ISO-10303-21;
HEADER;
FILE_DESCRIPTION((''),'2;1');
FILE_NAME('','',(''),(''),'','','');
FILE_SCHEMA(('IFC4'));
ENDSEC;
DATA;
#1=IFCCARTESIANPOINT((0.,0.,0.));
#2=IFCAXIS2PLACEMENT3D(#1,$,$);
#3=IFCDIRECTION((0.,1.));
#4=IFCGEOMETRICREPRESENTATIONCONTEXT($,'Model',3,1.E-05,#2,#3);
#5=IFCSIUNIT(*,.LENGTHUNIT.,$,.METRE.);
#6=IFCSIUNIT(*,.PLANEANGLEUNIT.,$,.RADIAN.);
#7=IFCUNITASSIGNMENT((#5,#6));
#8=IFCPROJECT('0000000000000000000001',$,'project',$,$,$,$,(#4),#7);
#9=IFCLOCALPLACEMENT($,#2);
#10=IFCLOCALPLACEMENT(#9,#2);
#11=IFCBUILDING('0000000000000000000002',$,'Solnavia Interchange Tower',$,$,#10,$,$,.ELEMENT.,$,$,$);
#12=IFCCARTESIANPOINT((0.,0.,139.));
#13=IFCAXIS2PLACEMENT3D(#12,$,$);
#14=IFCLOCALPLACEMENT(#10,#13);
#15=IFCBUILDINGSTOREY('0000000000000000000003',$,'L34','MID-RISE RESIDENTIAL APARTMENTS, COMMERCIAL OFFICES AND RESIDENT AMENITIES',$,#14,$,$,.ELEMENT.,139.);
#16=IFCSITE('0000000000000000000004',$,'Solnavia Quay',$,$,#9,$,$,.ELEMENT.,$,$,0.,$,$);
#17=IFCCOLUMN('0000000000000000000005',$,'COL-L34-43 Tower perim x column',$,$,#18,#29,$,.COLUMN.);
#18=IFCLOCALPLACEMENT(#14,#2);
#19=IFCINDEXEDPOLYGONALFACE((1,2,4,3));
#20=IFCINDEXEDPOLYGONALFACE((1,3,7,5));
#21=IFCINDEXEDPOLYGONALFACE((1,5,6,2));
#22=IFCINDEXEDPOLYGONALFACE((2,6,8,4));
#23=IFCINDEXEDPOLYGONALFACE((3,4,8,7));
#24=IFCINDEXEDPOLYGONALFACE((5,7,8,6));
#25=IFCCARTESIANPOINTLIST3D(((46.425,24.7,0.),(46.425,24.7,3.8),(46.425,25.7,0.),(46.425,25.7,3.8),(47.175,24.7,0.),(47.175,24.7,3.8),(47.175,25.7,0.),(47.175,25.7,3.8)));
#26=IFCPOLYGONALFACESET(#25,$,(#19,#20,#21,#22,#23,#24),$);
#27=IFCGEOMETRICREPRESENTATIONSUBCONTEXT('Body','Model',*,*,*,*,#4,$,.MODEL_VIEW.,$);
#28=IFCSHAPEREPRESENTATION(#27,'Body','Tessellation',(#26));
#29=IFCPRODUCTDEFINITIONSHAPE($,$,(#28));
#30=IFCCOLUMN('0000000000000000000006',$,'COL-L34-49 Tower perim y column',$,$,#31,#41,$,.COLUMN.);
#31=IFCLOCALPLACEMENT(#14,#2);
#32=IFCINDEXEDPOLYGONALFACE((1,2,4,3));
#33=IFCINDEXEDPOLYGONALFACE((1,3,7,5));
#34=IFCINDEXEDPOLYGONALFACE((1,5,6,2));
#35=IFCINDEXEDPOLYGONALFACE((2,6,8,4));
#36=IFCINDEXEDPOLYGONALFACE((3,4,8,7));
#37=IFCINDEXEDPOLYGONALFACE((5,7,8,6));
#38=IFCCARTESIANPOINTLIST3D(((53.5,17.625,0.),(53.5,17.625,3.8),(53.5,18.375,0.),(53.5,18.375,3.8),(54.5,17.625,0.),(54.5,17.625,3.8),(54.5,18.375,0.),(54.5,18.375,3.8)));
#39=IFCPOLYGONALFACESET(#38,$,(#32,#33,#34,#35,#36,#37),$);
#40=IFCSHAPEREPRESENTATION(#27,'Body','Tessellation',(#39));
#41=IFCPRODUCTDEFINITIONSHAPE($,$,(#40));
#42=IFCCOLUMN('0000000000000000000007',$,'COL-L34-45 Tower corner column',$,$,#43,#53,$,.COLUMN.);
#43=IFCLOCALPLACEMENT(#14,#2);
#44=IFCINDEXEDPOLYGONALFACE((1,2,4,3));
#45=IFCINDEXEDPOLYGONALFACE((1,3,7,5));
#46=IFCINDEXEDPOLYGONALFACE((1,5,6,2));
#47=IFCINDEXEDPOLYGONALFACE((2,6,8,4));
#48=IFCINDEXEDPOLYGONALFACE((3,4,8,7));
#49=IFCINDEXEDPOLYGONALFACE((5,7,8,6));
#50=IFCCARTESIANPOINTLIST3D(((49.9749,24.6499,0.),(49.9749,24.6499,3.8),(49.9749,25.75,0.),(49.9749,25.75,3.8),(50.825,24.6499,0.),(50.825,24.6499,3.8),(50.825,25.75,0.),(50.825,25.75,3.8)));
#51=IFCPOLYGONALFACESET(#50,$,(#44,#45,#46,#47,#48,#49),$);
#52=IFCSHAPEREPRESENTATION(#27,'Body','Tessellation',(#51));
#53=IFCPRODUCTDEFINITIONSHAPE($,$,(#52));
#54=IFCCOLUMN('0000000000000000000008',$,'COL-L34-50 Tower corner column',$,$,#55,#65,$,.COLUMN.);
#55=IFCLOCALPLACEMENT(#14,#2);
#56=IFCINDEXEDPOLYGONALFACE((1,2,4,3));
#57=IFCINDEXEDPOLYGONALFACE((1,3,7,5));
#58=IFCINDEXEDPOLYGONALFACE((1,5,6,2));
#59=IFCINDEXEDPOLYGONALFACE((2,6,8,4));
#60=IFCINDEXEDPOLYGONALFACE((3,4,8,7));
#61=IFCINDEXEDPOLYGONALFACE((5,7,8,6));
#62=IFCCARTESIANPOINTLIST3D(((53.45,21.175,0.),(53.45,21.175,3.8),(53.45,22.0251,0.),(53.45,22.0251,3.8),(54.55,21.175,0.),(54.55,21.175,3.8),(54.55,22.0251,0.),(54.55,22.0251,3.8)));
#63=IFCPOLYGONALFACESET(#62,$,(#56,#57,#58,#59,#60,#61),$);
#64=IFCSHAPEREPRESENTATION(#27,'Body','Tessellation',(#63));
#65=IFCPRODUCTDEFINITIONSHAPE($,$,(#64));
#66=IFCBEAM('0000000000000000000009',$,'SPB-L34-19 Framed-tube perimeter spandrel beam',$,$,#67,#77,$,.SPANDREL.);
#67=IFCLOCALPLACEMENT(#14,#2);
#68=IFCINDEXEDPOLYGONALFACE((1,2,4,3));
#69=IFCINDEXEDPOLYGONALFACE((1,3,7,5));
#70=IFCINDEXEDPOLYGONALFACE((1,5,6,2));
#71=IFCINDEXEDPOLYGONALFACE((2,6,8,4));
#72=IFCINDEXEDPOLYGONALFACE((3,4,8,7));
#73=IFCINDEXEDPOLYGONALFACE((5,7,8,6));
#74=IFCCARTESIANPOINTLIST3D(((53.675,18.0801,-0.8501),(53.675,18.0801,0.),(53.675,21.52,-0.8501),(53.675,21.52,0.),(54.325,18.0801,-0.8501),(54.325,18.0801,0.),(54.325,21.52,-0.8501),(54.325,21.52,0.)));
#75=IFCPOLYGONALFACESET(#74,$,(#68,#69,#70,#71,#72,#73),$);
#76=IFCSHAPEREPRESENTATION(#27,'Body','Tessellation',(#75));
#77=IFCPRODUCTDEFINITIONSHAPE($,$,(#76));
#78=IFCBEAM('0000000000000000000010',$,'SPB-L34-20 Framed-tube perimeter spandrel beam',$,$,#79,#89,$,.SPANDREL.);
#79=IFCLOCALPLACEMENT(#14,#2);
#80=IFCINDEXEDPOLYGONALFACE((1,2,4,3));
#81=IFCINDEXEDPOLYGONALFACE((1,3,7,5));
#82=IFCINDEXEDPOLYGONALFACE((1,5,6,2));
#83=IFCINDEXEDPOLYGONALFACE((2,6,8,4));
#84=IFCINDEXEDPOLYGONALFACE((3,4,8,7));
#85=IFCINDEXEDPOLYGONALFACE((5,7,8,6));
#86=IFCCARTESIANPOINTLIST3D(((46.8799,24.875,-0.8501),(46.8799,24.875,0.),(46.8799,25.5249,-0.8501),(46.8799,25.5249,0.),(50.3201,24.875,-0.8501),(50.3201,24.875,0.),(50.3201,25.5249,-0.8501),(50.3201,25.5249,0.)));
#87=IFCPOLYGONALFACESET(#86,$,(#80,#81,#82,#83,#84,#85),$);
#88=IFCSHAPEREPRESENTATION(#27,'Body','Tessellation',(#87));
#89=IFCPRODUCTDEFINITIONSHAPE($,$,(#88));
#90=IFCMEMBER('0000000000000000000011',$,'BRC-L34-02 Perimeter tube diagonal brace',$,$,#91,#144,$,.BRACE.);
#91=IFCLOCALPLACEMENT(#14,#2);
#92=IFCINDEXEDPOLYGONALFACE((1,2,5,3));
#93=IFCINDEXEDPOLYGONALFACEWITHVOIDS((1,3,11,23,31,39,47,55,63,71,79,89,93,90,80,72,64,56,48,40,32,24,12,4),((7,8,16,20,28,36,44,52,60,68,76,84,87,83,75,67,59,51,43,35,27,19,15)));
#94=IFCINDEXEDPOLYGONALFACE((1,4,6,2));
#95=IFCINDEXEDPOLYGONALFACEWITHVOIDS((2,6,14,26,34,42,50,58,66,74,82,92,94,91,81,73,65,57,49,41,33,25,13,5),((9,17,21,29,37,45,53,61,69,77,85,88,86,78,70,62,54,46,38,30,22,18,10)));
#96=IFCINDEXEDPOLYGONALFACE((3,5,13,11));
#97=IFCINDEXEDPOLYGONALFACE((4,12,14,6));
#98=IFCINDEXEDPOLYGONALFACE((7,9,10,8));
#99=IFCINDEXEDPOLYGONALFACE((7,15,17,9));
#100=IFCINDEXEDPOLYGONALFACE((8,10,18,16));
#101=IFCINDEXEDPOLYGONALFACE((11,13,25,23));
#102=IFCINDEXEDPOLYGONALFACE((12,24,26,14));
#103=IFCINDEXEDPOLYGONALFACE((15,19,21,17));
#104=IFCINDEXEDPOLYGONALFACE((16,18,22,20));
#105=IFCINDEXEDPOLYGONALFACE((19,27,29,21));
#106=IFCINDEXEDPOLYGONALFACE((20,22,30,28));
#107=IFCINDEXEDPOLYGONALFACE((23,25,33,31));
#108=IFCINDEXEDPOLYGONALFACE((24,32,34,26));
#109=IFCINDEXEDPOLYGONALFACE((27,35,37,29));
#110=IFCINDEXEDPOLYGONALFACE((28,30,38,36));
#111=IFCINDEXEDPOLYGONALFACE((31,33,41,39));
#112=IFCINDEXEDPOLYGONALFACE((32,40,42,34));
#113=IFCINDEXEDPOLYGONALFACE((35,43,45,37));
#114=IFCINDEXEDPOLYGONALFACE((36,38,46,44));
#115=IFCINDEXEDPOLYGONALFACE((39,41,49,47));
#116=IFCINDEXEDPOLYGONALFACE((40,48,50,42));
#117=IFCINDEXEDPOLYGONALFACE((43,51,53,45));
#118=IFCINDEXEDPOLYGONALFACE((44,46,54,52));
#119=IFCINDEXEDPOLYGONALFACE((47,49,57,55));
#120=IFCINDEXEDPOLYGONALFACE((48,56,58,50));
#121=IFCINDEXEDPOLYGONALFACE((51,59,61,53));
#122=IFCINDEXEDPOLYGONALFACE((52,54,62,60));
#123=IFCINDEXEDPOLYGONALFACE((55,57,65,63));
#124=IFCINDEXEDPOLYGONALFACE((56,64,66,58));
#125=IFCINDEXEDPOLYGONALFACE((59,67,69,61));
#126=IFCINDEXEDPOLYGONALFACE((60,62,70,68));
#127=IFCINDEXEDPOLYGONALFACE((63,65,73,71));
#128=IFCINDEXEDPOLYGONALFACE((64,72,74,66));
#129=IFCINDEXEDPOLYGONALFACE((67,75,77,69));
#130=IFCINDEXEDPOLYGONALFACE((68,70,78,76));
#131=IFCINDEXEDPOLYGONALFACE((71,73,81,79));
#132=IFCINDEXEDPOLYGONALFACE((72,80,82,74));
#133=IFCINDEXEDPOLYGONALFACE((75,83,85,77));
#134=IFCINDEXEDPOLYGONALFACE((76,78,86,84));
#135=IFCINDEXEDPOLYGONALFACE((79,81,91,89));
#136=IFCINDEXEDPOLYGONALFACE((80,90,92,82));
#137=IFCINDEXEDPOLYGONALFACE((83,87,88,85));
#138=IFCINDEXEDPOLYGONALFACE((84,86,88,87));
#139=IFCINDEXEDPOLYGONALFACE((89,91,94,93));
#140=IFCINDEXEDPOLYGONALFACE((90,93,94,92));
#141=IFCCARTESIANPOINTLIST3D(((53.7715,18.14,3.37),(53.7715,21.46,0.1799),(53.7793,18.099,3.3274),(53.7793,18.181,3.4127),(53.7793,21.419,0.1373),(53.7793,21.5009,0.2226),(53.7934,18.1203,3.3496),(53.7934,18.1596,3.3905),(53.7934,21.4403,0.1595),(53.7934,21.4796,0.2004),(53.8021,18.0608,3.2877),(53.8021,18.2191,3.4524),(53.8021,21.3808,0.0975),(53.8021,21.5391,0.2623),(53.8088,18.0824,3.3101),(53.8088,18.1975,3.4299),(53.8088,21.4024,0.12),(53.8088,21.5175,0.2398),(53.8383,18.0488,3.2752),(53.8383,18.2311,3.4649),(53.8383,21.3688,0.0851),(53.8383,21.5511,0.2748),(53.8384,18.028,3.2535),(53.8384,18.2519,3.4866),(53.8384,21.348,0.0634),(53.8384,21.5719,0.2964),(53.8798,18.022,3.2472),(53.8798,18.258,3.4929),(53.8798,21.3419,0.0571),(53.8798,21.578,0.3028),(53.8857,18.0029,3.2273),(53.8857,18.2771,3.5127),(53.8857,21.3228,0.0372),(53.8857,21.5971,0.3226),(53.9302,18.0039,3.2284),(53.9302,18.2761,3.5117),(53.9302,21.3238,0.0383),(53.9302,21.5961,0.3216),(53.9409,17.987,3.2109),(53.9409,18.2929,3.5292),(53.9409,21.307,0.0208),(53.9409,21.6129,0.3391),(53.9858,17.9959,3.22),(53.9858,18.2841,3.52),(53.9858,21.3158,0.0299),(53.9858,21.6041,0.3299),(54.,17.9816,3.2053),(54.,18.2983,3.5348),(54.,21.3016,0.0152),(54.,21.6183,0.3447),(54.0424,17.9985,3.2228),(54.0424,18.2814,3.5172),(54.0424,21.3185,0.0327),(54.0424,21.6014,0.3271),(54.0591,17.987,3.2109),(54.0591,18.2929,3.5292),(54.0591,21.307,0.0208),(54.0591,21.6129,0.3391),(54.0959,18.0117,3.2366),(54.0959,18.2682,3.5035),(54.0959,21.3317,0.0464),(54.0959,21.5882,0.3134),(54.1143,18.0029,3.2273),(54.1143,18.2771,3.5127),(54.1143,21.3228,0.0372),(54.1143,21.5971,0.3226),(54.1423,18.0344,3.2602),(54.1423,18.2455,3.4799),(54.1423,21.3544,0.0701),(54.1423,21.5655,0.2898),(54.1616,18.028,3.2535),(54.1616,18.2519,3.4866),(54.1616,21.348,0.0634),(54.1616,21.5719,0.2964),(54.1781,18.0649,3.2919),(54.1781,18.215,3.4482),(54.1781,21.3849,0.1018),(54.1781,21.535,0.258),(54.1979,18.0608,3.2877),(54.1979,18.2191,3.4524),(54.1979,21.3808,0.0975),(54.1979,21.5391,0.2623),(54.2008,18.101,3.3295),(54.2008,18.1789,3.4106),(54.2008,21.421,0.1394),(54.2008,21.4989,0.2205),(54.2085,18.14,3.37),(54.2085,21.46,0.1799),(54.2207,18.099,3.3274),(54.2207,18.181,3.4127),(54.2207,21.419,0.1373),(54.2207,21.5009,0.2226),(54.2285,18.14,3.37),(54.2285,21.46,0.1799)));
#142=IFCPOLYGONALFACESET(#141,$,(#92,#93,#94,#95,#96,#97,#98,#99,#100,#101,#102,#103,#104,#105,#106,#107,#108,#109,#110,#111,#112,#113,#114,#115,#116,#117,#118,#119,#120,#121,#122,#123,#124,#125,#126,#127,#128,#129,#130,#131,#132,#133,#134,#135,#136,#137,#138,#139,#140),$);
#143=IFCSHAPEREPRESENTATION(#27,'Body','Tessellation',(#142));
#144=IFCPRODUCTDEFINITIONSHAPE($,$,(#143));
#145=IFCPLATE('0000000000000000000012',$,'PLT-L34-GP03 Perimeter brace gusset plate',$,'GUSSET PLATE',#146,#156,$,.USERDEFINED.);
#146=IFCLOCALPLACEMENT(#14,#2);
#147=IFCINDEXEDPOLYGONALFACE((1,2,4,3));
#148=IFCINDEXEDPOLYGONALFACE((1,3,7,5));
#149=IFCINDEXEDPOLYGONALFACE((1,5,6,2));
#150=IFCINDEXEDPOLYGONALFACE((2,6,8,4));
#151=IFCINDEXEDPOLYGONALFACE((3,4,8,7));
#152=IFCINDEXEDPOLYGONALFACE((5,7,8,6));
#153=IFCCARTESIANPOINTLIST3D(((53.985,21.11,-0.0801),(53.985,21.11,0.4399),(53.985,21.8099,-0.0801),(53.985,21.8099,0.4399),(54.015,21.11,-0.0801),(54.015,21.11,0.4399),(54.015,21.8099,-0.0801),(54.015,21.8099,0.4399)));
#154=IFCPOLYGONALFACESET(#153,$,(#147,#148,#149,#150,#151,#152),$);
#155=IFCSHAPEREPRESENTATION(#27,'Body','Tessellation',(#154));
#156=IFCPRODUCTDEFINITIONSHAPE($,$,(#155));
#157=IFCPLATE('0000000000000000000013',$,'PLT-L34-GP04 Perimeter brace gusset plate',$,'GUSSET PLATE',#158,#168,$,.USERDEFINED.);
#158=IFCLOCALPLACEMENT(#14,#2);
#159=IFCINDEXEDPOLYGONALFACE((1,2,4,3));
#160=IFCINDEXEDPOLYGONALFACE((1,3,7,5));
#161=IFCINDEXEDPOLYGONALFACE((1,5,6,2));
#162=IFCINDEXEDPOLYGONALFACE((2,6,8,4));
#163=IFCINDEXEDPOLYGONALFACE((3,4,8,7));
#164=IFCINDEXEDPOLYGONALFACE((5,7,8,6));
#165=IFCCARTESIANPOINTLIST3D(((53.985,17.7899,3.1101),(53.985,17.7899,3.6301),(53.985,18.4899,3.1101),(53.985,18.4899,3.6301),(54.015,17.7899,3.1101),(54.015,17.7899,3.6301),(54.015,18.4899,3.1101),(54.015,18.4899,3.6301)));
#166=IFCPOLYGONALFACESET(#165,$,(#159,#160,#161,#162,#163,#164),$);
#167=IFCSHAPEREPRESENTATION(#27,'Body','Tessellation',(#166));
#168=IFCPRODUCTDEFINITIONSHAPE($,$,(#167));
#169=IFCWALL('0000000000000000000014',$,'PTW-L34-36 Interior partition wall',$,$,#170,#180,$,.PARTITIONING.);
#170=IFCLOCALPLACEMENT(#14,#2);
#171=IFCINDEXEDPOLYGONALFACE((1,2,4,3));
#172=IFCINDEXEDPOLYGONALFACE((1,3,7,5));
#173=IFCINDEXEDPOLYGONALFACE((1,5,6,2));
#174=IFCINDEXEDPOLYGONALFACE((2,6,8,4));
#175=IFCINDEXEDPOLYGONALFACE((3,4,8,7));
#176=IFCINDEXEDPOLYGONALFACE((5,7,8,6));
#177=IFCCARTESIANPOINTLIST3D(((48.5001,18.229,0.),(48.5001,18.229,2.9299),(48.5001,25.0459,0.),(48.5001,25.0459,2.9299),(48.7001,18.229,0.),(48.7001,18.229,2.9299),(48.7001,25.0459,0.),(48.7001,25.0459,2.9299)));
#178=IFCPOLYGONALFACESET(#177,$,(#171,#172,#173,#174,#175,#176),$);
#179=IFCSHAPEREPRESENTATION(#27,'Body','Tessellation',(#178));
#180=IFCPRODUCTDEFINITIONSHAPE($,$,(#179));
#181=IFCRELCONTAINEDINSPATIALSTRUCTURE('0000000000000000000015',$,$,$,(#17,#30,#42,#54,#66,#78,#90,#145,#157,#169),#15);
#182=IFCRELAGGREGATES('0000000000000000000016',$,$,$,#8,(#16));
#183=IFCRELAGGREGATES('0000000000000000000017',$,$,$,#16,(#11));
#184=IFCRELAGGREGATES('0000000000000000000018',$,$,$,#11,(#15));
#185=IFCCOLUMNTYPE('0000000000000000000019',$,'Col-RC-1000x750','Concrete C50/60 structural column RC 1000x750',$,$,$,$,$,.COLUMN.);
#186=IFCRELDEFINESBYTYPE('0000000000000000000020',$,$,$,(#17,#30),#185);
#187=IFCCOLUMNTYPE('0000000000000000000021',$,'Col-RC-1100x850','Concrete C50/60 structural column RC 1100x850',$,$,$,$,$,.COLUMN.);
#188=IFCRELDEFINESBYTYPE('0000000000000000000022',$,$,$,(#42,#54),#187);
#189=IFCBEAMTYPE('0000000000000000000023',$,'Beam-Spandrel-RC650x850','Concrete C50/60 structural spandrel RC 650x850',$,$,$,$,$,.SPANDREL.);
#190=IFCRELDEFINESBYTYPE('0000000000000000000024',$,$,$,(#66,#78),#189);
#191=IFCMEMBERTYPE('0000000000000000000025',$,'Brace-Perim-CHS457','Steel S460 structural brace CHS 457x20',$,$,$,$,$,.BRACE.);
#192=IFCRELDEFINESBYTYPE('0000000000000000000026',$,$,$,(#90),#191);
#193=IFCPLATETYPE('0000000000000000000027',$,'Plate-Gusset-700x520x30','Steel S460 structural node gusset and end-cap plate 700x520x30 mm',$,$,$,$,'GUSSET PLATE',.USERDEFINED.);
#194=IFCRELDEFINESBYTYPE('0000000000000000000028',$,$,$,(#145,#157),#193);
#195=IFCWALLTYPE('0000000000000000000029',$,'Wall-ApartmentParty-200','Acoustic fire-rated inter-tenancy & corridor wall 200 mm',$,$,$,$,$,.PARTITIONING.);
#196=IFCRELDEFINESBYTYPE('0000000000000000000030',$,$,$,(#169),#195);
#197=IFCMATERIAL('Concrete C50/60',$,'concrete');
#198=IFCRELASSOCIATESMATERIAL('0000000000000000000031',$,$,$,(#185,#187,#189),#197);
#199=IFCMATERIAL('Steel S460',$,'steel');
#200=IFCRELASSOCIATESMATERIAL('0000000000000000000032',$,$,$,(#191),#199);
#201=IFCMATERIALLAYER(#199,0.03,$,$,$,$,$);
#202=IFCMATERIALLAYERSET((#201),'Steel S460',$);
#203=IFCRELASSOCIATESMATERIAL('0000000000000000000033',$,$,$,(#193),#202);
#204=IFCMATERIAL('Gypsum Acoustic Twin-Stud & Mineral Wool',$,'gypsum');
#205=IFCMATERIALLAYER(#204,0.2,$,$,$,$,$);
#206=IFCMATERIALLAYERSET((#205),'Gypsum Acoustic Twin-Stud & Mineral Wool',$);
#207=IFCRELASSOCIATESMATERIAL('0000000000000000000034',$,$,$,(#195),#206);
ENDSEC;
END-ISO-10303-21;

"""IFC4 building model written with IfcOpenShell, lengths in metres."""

from ifc_helpers import new_model, si_unit, direction, frame, frame_2d, origin, origin_2d, place, context, subcontext, project, spatial, rectangle, hollow_circle, extrude, material, layer, layer_set, material_profile, profile_set, type_object, element, save


model = new_model("IFC4")

# Units and contexts
model_context = context("Model", 3, precision=1e-05, world=origin(), true_north=direction((0.0, 1.0)))
body_context = subcontext(model_context, "Body", "Model", "MODEL_VIEW")
ifc_project = project(units=[si_unit("LENGTHUNIT", "METRE"), si_unit("PLANEANGLEUNIT", "RADIAN")], contexts=[model_context])

# Site, building, storey
site_placement = place(None, origin())
site = spatial("IfcSite", under=ifc_project, at=site_placement, Name="Solnavia Quay", CompositionType="ELEMENT", RefElevation=0.0)
building_placement = place(site_placement, origin())
building = spatial("IfcBuilding", under=site, at=building_placement, Name="Solnavia Interchange Tower", CompositionType="ELEMENT")
storey_placement = place(building_placement, frame((0.0, 0.0, 139.0)))
storey = spatial("IfcBuildingStorey", under=building, at=storey_placement, Name="L34", Description="MID-RISE RESIDENTIAL APARTMENTS, COMMERCIAL OFFICES AND RESIDENT AMENITIES", CompositionType="ELEMENT", Elevation=139.0)

# Columns
ifc_material_1 = material(Name="Concrete C50/60", Category="concrete")
ifc_material_profile_1 = material_profile(ifc_material_1, rectangle(XDim=0.75, YDim=1.0, at=origin_2d()), Name="RC 1000x750")
ifc_profile_set_1 = profile_set([ifc_material_profile_1], Name="Concrete C50/60")
column_type_1 = type_object("IfcColumnType", Name="Col-RC-1000x750", Description="Concrete C50/60 structural column RC 1000x750", PredefinedType="COLUMN", material=ifc_profile_set_1)
for number, where, z_axis, x_axis, name in (
    (1, (46.8, 25.2, 0.0), (0.0, 0.0, 1.0), (1.0, 0.0, 0.0), "COL-L34-43 Tower perim x column"),
    (2, (54.0, 18.0, 0.0), (0.0, 0.0, 1.0), (0.0, 1.0, 0.0), "COL-L34-49 Tower perim y column"),
):
    element("IfcColumn", number, at=place(storey_placement, frame(where, z_axis=z_axis, x_axis=x_axis)), inside=storey, type_object=column_type_1, Name=name, PredefinedType="COLUMN", context=body_context, shape_type="SweptSolid", body=[
        extrude(rectangle(XDim=0.75, YDim=1.0, at=origin_2d()), origin(), (0.0, 0.0, 1.0), 3.8),
    ])
ifc_material_profile_2 = material_profile(ifc_material_1, rectangle(XDim=0.8501, YDim=1.1001, at=origin_2d()), Name="RC 1100x850")
ifc_profile_set_2 = profile_set([ifc_material_profile_2], Name="Concrete C50/60")
column_type_2 = type_object("IfcColumnType", Name="Col-RC-1100x850", Description="Concrete C50/60 structural column RC 1100x850", PredefinedType="COLUMN", material=ifc_profile_set_2)
for number, where, z_axis, x_axis, name in (
    (3, (50.3999, 25.2, 0.0), (0.0, 0.0, 1.0), (1.0, 0.0, 0.0), "COL-L34-45 Tower corner column"),
    (4, (54.0, 21.6001, 0.0), (0.0, 0.0, 1.0), (0.0, 1.0, 0.0), "COL-L34-50 Tower corner column"),
):
    element("IfcColumn", number, at=place(storey_placement, frame(where, z_axis=z_axis, x_axis=x_axis)), inside=storey, type_object=column_type_2, Name=name, PredefinedType="COLUMN", context=body_context, shape_type="SweptSolid", body=[
        extrude(rectangle(XDim=0.8501, YDim=1.1001, at=origin_2d()), origin(), (0.0, 0.0, 1.0), 3.8),
    ])

# Beams
ifc_material_profile_3 = material_profile(ifc_material_1, rectangle(XDim=0.6499, YDim=0.8501, at=origin_2d()), Name="RC 650x850")
ifc_profile_set_3 = profile_set([ifc_material_profile_3], Name="Concrete C50/60")
beam_type = type_object("IfcBeamType", Name="Beam-Spandrel-RC650x850", Description="Concrete C50/60 structural spandrel RC 650x850", PredefinedType="SPANDREL", material=ifc_profile_set_3)
beam_1_placement = place(storey_placement, frame((54.0, 18.0801, -0.425), z_axis=(0.0, 1.0, 0.0), x_axis=(-1.0, 0.0, 0.0)))
element("IfcBeam", 5, at=beam_1_placement, inside=storey, type_object=beam_type, Name="SPB-L34-19 Framed-tube perimeter spandrel beam", PredefinedType="SPANDREL", context=body_context, shape_type="SweptSolid", body=[
    extrude(rectangle(XDim=0.6499, YDim=0.8501, at=origin_2d()), origin(), (0.0, 0.0, 1.0), 3.4399),
])
beam_2_placement = place(storey_placement, frame((50.3201, 25.2, -0.425), z_axis=(-1.0, 0.0, 0.0), x_axis=(0.0, -1.0, 0.0)))
element("IfcBeam", 6, at=beam_2_placement, inside=storey, type_object=beam_type, Name="SPB-L34-20 Framed-tube perimeter spandrel beam", PredefinedType="SPANDREL", context=body_context, shape_type="SweptSolid", body=[
    extrude(rectangle(XDim=0.6499, YDim=0.8501, at=origin_2d()), origin(), (0.0, 0.0, 1.0), 3.4402),
])

# Member
ifc_material_2 = material(Name="Steel S460", Category="steel")
ifc_material_profile_4 = material_profile(ifc_material_2, hollow_circle(Radius=0.2285, WallThickness=0.02, at=origin_2d()), Name="CHS 457x20")
ifc_profile_set_4 = profile_set([ifc_material_profile_4], Name="Steel S460")
member_type = type_object("IfcMemberType", Name="Brace-Perim-CHS457", Description="Steel S460 structural brace CHS 457x20", PredefinedType="BRACE", material=ifc_profile_set_4)
member_placement = place(storey_placement, frame((54.0, 21.46, 0.1799), z_axis=(0.0, -0.72107, 0.692862), x_axis=(1.0, 0.0, 0.0)))
element("IfcMember", 7, at=member_placement, inside=storey, type_object=member_type, Name="BRC-L34-02 Perimeter tube diagonal brace", PredefinedType="BRACE", context=body_context, shape_type="SweptSolid", body=[
    extrude(hollow_circle(Radius=0.2285, WallThickness=0.02, at=origin_2d()), origin(), (0.0, 0.0, 1.0), 4.6042),
])

# Plates
ifc_layer_1 = layer(ifc_material_2, 0.03)
ifc_layer_set_1 = layer_set([ifc_layer_1], Name="Steel S460")
plate_type = type_object("IfcPlateType", Name="Plate-Gusset-700x520x30", Description="Steel S460 structural node gusset and end-cap plate 700x520x30 mm", ElementType="GUSSET PLATE", PredefinedType="USERDEFINED", material=ifc_layer_set_1)
for number, where, z_axis, x_axis, name in (
    (8, (54.0, 21.46, -0.0801), (0.0, 0.0, 1.0), (0.0, -1.0, 0.0), "PLT-L34-GP03 Perimeter brace gusset plate"),
    (9, (54.0, 18.1399, 3.1101), (0.0, 0.0, 1.0), (0.0, -1.0, 0.0), "PLT-L34-GP04 Perimeter brace gusset plate"),
):
    element("IfcPlate", number, at=place(storey_placement, frame(where, z_axis=z_axis, x_axis=x_axis)), inside=storey, type_object=plate_type, Name=name, ObjectType="GUSSET PLATE", PredefinedType="USERDEFINED", context=body_context, shape_type="SweptSolid", body=[
        extrude(rectangle(XDim=0.7, YDim=0.03, at=origin_2d()), origin(), (0.0, 0.0, 1.0), 0.52),
    ])

# Wall
ifc_material_3 = material(Name="Gypsum Acoustic Twin-Stud & Mineral Wool", Category="gypsum")
ifc_layer_2 = layer(ifc_material_3, 0.2)
ifc_layer_set_2 = layer_set([ifc_layer_2], Name="Gypsum Acoustic Twin-Stud & Mineral Wool")
wall_type_1 = type_object("IfcWallType", Name="Wall-ApartmentParty-200", Description="Acoustic fire-rated inter-tenancy & corridor wall 200 mm", PredefinedType="PARTITIONING", material=ifc_layer_set_2)
wall_1_placement = place(storey_placement, frame((48.6001, 18.229, 0.0), z_axis=(0.0, 0.0, 1.0), x_axis=(0.0, 1.0, 0.0)))
element("IfcWall", 10, at=wall_1_placement, inside=storey, type_object=wall_type_1, Name="PTW-L34-36 Interior partition wall", PredefinedType="PARTITIONING", context=body_context, shape_type="SweptSolid", body=[
    extrude(rectangle(XDim=6.8169, YDim=0.2, at=frame_2d((3.4084, 0.0))), origin(), (0.0, 0.0, 1.0), 2.9299),
])

save(model, "model.ifc")
